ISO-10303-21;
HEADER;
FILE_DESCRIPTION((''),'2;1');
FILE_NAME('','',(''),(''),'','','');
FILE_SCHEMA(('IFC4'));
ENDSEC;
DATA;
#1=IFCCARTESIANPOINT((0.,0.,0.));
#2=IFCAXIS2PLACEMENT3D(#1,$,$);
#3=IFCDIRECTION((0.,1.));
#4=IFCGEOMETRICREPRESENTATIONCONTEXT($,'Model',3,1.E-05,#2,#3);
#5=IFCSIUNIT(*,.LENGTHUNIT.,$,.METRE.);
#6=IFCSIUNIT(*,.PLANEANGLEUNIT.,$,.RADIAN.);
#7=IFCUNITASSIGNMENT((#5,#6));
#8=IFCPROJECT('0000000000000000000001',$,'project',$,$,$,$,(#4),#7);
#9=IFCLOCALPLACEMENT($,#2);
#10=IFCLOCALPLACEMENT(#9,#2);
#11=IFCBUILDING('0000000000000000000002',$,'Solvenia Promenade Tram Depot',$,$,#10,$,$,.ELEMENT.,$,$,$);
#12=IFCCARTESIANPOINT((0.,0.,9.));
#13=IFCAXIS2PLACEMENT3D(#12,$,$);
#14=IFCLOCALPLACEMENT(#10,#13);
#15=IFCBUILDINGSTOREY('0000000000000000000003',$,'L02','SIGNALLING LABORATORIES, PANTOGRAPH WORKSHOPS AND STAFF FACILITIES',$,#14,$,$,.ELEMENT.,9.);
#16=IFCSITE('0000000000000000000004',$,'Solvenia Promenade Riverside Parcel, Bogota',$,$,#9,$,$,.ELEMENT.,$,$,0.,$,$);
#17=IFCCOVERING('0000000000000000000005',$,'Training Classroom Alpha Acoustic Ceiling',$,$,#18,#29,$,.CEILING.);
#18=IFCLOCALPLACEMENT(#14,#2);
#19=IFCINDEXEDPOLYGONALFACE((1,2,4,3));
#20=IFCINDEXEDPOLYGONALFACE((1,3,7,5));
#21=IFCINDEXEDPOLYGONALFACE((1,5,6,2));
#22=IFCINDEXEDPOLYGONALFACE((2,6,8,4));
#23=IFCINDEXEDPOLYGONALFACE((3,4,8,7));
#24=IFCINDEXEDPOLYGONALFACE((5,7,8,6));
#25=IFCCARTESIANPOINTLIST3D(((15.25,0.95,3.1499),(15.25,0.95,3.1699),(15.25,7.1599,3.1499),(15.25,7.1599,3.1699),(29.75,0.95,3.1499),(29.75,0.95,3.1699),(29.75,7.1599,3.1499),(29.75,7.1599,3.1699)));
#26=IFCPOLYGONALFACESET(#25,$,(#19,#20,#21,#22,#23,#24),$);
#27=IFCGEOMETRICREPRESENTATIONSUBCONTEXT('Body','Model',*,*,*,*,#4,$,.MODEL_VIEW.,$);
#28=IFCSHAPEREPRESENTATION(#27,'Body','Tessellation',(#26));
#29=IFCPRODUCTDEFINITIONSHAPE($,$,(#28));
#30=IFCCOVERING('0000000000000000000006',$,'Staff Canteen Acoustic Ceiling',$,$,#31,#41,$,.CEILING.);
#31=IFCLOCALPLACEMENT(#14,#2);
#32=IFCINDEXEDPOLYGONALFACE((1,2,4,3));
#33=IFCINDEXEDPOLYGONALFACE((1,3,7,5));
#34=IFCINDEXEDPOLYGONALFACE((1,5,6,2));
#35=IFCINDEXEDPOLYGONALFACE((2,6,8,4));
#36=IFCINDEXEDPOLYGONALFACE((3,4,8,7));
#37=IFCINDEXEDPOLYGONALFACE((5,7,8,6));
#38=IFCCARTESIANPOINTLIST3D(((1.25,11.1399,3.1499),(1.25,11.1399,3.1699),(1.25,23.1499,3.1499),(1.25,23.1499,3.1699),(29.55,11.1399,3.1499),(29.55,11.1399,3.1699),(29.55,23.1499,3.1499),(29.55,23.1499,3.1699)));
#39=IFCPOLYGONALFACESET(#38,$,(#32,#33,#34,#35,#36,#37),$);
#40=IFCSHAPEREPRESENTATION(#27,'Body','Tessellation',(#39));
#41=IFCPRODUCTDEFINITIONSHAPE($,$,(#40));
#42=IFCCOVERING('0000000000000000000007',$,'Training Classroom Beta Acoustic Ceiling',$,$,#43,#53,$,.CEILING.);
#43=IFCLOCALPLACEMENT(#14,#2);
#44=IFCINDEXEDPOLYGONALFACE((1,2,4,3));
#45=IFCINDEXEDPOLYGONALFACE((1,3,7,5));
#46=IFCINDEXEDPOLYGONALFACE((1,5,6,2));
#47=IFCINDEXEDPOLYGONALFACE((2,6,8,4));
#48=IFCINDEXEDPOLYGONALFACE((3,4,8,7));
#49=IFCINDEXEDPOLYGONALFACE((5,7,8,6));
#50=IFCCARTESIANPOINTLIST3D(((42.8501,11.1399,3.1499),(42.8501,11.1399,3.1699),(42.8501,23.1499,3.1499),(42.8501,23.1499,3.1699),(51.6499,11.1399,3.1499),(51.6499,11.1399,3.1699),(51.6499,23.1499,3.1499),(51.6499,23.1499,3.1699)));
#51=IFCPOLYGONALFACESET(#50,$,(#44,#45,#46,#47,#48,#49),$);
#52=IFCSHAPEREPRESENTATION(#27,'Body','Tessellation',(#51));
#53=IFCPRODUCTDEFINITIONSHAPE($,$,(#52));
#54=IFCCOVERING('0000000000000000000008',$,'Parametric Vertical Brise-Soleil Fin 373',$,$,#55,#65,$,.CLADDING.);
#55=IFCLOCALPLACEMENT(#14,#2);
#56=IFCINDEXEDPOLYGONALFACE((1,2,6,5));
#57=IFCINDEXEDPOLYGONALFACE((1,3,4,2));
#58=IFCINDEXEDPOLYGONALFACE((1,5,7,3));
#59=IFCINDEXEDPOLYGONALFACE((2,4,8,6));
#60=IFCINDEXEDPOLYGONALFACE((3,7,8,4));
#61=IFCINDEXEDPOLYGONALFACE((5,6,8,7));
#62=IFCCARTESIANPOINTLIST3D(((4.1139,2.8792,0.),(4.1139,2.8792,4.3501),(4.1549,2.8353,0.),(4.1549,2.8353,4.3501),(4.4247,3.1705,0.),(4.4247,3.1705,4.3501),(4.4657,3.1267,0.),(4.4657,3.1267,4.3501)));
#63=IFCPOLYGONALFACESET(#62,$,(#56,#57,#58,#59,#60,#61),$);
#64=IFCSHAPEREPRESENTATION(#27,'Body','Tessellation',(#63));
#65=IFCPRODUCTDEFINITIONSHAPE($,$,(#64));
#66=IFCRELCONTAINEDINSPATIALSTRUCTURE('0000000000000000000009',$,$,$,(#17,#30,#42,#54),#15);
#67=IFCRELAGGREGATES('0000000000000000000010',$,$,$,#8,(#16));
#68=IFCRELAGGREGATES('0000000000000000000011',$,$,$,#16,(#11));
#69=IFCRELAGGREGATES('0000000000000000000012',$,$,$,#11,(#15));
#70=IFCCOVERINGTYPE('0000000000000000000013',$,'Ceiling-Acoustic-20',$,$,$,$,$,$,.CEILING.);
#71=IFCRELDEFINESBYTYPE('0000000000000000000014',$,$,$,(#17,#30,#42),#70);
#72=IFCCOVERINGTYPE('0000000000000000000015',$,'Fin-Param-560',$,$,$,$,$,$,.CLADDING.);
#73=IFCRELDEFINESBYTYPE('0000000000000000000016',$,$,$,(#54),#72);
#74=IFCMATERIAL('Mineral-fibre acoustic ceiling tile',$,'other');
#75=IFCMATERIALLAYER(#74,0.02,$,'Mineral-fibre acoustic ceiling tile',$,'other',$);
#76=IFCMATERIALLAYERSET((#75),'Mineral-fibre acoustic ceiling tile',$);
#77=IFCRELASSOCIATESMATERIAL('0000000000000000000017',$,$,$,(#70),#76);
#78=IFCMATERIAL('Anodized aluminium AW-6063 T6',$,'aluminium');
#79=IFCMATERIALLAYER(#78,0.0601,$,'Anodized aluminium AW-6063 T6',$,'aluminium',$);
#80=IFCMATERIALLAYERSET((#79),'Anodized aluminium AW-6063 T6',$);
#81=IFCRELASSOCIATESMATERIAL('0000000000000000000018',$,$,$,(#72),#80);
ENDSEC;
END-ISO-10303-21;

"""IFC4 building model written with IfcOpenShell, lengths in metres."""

from ifc_helpers import new_model, si_unit, direction, frame, origin, origin_2d, place, context, subcontext, project, spatial, polyline, rectangle, outline, extrude, material, layer, layer_set, type_object, element, save


model = new_model("IFC4")

# Units and contexts
model_context = context("Model", 3, precision=1e-05, world=origin(), true_north=direction((0.0, 1.0)))
body_context = subcontext(model_context, "Body", "Model", "MODEL_VIEW")
ifc_project = project(units=[si_unit("LENGTHUNIT", "METRE"), si_unit("PLANEANGLEUNIT", "RADIAN")], contexts=[model_context])

# Site, building, storey
site_placement = place(None, origin())
site = spatial("IfcSite", under=ifc_project, at=site_placement, Name="Solvenia Promenade Riverside Parcel, Bogota", CompositionType="ELEMENT", RefElevation=0.0)
building_placement = place(site_placement, origin())
building = spatial("IfcBuilding", under=site, at=building_placement, Name="Solvenia Promenade Tram Depot", CompositionType="ELEMENT")
storey_placement = place(building_placement, frame((0.0, 0.0, 9.0)))
storey = spatial("IfcBuildingStorey", under=building, at=storey_placement, Name="L02", Description="SIGNALLING LABORATORIES, PANTOGRAPH WORKSHOPS AND STAFF FACILITIES", CompositionType="ELEMENT", Elevation=9.0)

# Shared definitions
ifc_material_1 = material(Name="Anodized aluminium AW-6063 T6", Category="aluminium")

# Coverings
ifc_material_2 = material(Name="Mineral-fibre acoustic ceiling tile", Category="other")
ifc_layer_1 = layer(ifc_material_2, 0.02, Name="Mineral-fibre acoustic ceiling tile", Category="other")
ifc_layer_set_1 = layer_set([ifc_layer_1], Name="Mineral-fibre acoustic ceiling tile")
covering_type_1 = type_object("IfcCoveringType", Name="Ceiling-Acoustic-20", PredefinedType="CEILING", material=ifc_layer_set_1)
covering_1_placement = place(storey_placement, frame((0.0, 0.0, 3.1499)))
element("IfcCovering", 1, at=covering_1_placement, inside=storey, type_object=covering_type_1, Name="Training Classroom Alpha Acoustic Ceiling", PredefinedType="CEILING", context=body_context, shape_type="SweptSolid", body=[
    extrude(outline(polyline([(15.25, 0.95), (29.75, 0.95), (29.75, 7.1599), (15.25, 7.1599), (15.25, 0.95)])), origin(), (0.0, 0.0, 1.0), 0.02),
])
covering_2_placement = place(storey_placement, frame((0.0, 0.0, 3.1499)))
element("IfcCovering", 2, at=covering_2_placement, inside=storey, type_object=covering_type_1, Name="Staff Canteen Acoustic Ceiling", PredefinedType="CEILING", context=body_context, shape_type="SweptSolid", body=[
    extrude(outline(polyline([(1.25, 11.1399), (29.55, 11.1399), (29.55, 23.1499), (1.25, 23.1499), (1.25, 11.1399)])), origin(), (0.0, 0.0, 1.0), 0.02),
])
covering_3_placement = place(storey_placement, frame((0.0, 0.0, 3.1499)))
element("IfcCovering", 3, at=covering_3_placement, inside=storey, type_object=covering_type_1, Name="Training Classroom Beta Acoustic Ceiling", PredefinedType="CEILING", context=body_context, shape_type="SweptSolid", body=[
    extrude(outline(polyline([(42.8501, 11.1399), (51.6499, 11.1399), (51.6499, 23.1499), (42.8501, 23.1499), (42.8501, 11.1399)])), origin(), (0.0, 0.0, 1.0), 0.02),
])
ifc_layer_2 = layer(ifc_material_1, 0.0601, Name="Anodized aluminium AW-6063 T6", Category="aluminium")
ifc_layer_set_2 = layer_set([ifc_layer_2], Name="Anodized aluminium AW-6063 T6")
covering_type_2 = type_object("IfcCoveringType", Name="Fin-Param-560", PredefinedType="CLADDING", material=ifc_layer_set_2)
covering_4_placement = place(storey_placement, frame((4.2898, 3.0029, 0.0), z_axis=(0.0, 0.0, 1.0), x_axis=(0.683911, -0.729566, 0.0)))
element("IfcCovering", 4, at=covering_4_placement, inside=storey, type_object=covering_type_2, Name="Parametric Vertical Brise-Soleil Fin 373", PredefinedType="CLADDING", context=body_context, shape_type="SweptSolid", body=[
    extrude(rectangle(XDim=0.0601, YDim=0.426, at=origin_2d()), origin(), (0.0, 0.0, 1.0), 4.3501),
])

save(model, "model.ifc")
